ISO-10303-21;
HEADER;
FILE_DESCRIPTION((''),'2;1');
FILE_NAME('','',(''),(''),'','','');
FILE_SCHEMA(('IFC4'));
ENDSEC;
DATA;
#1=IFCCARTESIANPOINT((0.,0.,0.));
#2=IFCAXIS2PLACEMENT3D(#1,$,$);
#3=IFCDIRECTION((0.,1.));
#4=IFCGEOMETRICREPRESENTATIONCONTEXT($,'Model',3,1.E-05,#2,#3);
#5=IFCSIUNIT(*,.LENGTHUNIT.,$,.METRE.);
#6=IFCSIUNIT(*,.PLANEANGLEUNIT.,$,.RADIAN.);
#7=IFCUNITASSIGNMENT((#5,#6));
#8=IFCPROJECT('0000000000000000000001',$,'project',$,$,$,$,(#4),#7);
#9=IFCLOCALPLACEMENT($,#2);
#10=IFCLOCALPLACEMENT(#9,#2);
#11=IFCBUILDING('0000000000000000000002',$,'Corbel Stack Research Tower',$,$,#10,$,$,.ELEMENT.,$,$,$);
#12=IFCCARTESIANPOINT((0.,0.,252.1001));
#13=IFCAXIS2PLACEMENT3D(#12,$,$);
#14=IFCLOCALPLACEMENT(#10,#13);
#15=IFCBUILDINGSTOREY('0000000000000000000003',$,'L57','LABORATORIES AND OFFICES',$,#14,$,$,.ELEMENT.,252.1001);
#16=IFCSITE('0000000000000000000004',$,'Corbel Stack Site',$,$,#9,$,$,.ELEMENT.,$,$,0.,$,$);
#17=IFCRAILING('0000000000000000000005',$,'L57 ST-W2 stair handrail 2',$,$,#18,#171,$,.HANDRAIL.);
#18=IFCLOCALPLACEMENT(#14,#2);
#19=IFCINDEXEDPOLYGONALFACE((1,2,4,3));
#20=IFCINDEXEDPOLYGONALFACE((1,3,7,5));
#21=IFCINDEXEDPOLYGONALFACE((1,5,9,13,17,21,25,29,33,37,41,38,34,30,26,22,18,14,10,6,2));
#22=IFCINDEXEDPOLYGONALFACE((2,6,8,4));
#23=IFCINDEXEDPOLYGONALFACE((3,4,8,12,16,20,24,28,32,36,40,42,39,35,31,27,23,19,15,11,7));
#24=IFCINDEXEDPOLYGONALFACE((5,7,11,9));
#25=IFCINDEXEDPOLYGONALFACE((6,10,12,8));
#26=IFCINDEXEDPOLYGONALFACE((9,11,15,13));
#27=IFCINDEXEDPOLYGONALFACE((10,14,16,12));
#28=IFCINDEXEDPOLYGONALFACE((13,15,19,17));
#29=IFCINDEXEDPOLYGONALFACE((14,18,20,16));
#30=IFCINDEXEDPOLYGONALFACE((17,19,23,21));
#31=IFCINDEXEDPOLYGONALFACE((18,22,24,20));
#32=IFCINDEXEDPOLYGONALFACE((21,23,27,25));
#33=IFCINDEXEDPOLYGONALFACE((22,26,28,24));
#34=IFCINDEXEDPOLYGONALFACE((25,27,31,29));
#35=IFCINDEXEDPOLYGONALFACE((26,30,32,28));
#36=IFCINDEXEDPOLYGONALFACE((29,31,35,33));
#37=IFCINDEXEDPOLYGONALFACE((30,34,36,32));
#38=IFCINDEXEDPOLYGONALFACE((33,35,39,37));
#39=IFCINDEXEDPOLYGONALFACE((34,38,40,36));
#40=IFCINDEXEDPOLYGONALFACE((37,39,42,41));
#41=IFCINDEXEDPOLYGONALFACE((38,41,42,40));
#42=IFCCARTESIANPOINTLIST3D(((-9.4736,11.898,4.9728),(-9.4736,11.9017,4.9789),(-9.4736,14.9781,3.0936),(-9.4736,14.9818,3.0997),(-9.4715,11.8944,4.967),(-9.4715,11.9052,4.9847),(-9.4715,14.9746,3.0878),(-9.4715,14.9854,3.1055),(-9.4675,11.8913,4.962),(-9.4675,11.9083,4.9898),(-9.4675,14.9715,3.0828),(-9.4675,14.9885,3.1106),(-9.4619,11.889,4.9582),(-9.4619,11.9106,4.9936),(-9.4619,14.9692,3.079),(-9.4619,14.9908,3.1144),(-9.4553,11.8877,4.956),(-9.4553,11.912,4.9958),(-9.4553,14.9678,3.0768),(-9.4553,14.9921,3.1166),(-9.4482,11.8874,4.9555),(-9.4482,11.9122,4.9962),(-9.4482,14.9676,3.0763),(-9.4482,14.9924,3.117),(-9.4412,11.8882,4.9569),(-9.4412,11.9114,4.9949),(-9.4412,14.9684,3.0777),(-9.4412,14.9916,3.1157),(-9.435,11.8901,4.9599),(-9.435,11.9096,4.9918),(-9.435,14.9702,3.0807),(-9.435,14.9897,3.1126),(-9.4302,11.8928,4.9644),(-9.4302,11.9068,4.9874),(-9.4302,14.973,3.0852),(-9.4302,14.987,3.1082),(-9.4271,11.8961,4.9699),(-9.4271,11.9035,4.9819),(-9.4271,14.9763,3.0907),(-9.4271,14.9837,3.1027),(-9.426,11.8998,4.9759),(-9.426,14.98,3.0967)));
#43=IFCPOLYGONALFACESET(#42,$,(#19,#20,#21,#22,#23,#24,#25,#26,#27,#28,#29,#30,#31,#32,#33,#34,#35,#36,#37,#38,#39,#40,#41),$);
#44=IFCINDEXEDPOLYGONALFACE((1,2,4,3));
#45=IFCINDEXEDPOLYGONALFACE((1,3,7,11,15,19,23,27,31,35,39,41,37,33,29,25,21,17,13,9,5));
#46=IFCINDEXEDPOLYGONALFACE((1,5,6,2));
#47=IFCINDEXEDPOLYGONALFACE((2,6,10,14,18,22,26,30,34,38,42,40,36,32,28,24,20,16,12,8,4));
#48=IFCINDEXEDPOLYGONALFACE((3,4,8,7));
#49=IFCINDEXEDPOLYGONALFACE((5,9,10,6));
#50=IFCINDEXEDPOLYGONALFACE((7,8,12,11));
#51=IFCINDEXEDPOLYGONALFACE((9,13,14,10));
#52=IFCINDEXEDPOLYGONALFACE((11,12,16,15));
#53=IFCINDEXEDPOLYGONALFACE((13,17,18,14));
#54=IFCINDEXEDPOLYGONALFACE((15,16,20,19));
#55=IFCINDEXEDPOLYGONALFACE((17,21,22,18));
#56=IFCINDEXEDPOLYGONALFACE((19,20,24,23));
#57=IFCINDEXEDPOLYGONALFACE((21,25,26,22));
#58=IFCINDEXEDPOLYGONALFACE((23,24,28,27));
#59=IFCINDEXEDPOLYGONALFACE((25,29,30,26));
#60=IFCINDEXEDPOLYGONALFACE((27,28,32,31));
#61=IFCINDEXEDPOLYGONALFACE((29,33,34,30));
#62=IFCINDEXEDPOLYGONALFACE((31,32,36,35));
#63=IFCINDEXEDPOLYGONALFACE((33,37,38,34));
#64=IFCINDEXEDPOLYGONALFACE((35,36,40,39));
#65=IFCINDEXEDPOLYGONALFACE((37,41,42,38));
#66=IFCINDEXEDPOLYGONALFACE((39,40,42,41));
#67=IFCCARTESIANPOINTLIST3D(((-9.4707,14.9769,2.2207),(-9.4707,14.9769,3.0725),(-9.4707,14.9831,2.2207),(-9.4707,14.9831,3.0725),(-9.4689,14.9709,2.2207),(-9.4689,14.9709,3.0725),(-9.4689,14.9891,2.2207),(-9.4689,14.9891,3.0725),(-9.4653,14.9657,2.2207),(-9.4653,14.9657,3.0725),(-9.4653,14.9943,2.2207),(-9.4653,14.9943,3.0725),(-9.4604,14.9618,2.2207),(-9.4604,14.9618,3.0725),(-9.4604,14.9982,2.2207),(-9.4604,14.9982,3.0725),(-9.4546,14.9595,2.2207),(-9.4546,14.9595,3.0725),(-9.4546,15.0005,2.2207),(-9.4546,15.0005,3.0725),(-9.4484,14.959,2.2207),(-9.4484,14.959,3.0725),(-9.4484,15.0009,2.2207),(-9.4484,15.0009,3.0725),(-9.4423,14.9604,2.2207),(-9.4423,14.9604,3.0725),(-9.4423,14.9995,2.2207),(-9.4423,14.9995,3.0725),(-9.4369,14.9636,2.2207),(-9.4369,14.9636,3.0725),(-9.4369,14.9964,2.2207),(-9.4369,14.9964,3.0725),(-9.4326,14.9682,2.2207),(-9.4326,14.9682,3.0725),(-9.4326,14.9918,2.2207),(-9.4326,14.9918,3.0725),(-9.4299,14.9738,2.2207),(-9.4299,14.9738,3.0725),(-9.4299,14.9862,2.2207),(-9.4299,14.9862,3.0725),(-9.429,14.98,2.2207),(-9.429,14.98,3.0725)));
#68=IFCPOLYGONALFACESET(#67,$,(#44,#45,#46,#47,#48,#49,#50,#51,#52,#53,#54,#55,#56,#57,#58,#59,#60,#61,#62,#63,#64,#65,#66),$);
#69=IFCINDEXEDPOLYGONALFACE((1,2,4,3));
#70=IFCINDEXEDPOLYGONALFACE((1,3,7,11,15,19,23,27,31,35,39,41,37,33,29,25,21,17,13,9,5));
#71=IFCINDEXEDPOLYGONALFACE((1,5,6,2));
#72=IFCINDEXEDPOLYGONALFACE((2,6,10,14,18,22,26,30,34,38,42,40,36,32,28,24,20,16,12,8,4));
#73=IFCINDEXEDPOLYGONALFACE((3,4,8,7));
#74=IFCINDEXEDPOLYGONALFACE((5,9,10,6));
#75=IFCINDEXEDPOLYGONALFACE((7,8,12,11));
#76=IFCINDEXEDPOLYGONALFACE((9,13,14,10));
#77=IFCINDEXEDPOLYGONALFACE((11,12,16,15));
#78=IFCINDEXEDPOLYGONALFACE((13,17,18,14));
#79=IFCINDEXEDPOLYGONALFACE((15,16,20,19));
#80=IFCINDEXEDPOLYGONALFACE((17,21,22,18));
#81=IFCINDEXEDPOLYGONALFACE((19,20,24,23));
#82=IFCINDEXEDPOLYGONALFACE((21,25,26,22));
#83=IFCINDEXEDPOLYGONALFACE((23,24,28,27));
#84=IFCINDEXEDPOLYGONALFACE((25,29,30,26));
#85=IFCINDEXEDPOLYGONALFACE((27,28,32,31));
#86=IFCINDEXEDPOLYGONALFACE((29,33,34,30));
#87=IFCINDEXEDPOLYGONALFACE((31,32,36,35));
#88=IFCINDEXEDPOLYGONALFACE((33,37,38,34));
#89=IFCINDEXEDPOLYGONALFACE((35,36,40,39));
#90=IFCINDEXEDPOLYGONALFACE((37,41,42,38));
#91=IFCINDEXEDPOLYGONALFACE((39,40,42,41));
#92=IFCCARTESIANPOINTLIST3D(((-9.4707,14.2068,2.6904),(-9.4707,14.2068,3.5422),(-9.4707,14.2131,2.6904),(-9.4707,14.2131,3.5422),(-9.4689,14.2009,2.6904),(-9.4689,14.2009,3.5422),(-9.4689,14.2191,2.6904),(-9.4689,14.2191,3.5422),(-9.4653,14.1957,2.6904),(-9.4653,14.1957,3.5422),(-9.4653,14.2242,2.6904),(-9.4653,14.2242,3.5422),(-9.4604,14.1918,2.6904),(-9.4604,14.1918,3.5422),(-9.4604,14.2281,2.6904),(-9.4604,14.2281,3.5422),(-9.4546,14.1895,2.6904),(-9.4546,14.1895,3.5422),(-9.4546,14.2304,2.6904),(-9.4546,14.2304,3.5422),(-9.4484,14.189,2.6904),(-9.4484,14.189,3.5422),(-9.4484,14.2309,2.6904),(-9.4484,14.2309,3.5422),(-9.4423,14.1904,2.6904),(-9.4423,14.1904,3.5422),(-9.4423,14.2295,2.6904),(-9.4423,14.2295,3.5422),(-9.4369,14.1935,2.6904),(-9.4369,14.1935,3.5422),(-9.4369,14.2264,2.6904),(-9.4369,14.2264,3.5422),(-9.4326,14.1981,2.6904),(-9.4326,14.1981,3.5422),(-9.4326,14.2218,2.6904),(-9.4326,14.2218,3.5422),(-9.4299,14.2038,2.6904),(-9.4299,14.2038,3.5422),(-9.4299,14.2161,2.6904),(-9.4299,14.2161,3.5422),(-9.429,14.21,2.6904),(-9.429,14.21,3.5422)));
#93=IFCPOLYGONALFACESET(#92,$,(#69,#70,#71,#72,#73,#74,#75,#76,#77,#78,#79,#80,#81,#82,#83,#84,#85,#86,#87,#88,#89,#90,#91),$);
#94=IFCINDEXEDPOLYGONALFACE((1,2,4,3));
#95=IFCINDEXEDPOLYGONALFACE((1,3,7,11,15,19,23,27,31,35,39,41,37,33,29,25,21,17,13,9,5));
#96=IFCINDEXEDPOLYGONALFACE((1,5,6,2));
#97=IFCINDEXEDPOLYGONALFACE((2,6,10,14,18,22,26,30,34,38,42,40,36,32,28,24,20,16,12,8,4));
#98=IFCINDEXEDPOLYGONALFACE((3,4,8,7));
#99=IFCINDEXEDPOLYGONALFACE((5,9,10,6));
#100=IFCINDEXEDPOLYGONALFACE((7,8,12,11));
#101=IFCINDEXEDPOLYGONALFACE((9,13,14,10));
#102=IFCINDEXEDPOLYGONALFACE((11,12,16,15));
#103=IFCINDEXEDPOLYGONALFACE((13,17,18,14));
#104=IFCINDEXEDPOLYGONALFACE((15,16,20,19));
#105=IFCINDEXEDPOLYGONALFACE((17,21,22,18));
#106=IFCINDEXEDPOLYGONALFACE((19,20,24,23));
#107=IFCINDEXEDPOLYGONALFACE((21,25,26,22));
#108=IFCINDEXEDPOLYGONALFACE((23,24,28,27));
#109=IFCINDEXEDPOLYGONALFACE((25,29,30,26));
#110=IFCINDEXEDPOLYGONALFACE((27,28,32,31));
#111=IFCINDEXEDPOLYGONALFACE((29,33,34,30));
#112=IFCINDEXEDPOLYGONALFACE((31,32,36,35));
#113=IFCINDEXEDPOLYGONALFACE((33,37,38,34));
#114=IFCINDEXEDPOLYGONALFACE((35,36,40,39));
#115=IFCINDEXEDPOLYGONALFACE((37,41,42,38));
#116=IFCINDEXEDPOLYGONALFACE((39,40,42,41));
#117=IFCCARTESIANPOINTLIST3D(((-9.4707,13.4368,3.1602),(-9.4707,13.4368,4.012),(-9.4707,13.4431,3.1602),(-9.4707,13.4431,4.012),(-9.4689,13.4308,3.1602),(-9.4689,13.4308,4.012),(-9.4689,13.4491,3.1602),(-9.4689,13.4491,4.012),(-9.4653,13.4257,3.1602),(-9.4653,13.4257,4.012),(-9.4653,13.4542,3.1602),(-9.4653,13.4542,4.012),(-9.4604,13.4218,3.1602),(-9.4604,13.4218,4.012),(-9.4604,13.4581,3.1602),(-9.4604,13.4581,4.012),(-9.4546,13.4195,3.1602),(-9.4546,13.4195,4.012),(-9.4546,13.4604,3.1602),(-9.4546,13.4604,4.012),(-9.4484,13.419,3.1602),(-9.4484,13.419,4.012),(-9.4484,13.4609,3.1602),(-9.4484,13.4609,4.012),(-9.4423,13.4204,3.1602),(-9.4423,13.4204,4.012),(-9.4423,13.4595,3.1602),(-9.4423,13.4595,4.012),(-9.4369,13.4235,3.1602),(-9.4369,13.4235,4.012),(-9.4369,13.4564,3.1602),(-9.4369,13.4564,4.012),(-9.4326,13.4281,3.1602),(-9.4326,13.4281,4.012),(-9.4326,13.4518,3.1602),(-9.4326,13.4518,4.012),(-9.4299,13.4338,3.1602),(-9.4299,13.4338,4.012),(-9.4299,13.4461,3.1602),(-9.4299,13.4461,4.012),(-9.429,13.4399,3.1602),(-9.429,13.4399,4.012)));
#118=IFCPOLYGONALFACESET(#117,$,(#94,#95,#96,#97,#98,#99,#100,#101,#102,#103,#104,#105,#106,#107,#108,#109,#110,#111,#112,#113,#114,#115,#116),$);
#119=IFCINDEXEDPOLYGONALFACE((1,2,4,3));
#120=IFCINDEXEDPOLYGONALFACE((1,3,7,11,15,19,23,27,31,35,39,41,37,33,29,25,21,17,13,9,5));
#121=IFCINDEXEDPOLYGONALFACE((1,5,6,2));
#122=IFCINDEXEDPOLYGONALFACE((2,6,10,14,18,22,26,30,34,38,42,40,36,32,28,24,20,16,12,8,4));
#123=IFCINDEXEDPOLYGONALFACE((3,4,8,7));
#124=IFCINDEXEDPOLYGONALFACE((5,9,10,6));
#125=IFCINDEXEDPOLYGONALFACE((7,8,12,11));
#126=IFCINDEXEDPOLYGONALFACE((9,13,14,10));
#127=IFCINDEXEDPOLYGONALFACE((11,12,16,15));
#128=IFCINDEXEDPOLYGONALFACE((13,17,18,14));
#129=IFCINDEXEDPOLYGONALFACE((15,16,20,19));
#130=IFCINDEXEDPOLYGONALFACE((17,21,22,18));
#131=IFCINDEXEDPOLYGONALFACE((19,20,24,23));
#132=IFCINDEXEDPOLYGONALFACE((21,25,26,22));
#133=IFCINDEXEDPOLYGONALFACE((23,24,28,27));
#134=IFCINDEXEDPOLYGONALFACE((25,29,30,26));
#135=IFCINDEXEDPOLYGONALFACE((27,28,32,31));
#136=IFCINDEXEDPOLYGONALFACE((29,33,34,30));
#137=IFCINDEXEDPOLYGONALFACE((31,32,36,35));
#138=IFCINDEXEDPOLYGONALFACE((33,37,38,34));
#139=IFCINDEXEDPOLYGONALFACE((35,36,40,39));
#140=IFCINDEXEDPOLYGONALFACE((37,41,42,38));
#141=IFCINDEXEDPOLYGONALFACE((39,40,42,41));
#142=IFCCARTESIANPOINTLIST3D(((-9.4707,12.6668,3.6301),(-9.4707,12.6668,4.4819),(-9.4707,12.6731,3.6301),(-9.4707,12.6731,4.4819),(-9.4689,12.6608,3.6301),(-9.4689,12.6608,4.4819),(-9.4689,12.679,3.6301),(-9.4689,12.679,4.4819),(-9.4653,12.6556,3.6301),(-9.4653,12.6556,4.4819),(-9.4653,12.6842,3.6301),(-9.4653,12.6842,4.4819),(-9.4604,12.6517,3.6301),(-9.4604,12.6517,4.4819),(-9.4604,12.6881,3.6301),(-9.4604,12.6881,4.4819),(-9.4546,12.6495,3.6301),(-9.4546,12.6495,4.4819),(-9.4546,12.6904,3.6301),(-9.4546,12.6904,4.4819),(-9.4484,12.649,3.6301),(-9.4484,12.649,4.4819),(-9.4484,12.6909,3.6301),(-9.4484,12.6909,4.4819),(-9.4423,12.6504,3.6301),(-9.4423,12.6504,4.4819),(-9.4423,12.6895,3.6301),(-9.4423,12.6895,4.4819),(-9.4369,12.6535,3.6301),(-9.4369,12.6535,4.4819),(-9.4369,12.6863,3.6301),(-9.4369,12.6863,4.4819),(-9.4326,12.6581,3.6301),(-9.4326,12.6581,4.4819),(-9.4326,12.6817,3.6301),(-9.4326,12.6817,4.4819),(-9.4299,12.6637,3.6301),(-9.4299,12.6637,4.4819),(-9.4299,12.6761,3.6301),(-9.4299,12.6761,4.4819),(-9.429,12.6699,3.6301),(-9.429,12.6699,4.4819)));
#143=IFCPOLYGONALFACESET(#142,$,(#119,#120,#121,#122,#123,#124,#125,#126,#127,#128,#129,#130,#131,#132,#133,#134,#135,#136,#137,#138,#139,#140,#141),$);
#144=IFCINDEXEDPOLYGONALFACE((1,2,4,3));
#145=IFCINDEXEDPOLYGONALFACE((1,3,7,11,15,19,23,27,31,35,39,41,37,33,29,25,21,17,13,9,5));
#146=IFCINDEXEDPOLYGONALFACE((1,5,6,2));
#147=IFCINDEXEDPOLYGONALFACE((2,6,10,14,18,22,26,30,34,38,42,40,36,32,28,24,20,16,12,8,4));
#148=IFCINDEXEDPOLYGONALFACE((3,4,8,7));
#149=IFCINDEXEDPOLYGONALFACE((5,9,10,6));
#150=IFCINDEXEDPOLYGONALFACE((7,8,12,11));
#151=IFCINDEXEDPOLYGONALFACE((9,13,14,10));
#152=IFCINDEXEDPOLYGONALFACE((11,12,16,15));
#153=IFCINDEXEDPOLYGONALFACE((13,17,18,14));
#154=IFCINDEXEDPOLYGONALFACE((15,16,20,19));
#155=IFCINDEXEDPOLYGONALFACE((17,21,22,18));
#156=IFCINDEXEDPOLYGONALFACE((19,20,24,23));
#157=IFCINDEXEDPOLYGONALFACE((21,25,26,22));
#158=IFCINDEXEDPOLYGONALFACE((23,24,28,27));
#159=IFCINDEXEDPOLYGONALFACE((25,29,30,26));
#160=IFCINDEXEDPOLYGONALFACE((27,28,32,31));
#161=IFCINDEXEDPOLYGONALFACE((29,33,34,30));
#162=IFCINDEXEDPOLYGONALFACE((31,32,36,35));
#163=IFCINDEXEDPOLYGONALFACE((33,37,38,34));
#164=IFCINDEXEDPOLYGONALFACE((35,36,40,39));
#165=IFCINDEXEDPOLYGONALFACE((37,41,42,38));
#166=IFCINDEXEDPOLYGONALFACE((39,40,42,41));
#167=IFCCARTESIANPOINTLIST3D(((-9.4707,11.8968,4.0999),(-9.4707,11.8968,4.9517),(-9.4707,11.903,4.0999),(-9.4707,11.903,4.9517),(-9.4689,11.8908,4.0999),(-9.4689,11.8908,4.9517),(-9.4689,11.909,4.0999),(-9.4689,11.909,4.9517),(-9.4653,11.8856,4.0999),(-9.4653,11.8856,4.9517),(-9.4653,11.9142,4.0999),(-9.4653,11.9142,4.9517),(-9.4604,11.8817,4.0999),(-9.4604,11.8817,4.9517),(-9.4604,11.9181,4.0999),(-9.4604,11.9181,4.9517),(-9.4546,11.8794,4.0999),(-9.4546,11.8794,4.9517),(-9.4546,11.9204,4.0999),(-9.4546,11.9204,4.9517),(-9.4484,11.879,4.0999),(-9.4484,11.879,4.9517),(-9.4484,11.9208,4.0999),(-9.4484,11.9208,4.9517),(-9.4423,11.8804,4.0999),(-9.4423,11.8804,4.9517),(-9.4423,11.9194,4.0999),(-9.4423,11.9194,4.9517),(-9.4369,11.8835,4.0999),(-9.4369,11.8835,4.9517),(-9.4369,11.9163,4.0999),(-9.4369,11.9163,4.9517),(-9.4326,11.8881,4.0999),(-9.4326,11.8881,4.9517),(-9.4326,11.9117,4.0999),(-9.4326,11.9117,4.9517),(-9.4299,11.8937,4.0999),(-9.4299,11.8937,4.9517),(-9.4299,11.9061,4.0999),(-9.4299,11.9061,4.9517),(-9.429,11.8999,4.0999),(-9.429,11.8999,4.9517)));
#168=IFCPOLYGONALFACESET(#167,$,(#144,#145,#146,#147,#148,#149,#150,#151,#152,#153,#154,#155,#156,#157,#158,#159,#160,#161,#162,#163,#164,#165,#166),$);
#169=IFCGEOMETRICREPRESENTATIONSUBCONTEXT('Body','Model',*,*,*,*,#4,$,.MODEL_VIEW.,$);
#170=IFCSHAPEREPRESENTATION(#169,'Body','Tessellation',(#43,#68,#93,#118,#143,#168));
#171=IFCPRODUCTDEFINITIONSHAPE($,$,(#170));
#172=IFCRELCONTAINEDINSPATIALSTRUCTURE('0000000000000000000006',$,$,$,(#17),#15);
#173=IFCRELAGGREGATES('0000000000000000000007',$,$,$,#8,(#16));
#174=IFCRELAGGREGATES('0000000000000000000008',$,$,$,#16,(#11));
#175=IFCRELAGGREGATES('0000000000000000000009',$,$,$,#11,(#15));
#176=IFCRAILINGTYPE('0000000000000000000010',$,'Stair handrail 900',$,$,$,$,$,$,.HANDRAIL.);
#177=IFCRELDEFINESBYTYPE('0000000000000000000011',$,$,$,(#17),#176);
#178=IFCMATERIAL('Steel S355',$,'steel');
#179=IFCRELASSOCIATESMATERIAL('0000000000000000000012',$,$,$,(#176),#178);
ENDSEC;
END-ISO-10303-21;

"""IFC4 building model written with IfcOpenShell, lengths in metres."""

from ifc_helpers import new_model, si_unit, direction, frame, origin, origin_2d, place, context, subcontext, project, spatial, circle, extrude, material, type_object, element, save


model = new_model("IFC4")

# Units and contexts
model_context = context("Model", 3, precision=1e-05, world=origin(), true_north=direction((0.0, 1.0)))
body_context = subcontext(model_context, "Body", "Model", "MODEL_VIEW")
ifc_project = project(units=[si_unit("LENGTHUNIT", "METRE"), si_unit("PLANEANGLEUNIT", "RADIAN")], contexts=[model_context])

# Site, building, storey
site_placement = place(None, origin())
site = spatial("IfcSite", under=ifc_project, at=site_placement, Name="Corbel Stack Site", CompositionType="ELEMENT", RefElevation=0.0)
building_placement = place(site_placement, origin())
building = spatial("IfcBuilding", under=site, at=building_placement, Name="Corbel Stack Research Tower", CompositionType="ELEMENT")
storey_placement = place(building_placement, frame((0.0, 0.0, 252.1001)))
storey = spatial("IfcBuildingStorey", under=building, at=storey_placement, Name="L57", Description="LABORATORIES AND OFFICES", CompositionType="ELEMENT", Elevation=252.1001)

# Railing
ifc_material_1 = material(Name="Steel S355", Category="steel")
railing_type_1 = type_object("IfcRailingType", Name="Stair handrail 900", PredefinedType="HANDRAIL", material=ifc_material_1)
railing_1_placement = place(storey_placement, frame((-9.45, 14.98, 2.2207)))
element("IfcRailing", 1, at=railing_1_placement, inside=storey, type_object=railing_type_1, Name="L57 ST-W2 stair handrail 2", PredefinedType="HANDRAIL", context=body_context, shape_type="SweptSolid", body=[
    extrude(circle(Radius=0.0239, at=origin_2d()), frame((0.0, 0.0, 0.876), z_axis=(0.0, -0.853666, 0.52082), x_axis=(1.0, 0.0, 0.0)), (0.0, 0.0, 1.0), 3.6082),
    extrude(circle(Radius=0.021, at=origin_2d()), origin(), (0.0, 0.0, 1.0), 0.8518),
    extrude(circle(Radius=0.021, at=origin_2d()), frame((0.0, -0.77, 0.4697)), (0.0, 0.0, 1.0), 0.8518),
    extrude(circle(Radius=0.021, at=origin_2d()), frame((0.0, -1.54, 0.9395)), (0.0, 0.0, 1.0), 0.8518),
    extrude(circle(Radius=0.021, at=origin_2d()), frame((0.0, -2.3101, 1.4094)), (0.0, 0.0, 1.0), 0.8518),
    extrude(circle(Radius=0.021, at=origin_2d()), frame((0.0, -3.0801, 1.8792)), (0.0, 0.0, 1.0), 0.8518),
])

save(model, "model.ifc")
